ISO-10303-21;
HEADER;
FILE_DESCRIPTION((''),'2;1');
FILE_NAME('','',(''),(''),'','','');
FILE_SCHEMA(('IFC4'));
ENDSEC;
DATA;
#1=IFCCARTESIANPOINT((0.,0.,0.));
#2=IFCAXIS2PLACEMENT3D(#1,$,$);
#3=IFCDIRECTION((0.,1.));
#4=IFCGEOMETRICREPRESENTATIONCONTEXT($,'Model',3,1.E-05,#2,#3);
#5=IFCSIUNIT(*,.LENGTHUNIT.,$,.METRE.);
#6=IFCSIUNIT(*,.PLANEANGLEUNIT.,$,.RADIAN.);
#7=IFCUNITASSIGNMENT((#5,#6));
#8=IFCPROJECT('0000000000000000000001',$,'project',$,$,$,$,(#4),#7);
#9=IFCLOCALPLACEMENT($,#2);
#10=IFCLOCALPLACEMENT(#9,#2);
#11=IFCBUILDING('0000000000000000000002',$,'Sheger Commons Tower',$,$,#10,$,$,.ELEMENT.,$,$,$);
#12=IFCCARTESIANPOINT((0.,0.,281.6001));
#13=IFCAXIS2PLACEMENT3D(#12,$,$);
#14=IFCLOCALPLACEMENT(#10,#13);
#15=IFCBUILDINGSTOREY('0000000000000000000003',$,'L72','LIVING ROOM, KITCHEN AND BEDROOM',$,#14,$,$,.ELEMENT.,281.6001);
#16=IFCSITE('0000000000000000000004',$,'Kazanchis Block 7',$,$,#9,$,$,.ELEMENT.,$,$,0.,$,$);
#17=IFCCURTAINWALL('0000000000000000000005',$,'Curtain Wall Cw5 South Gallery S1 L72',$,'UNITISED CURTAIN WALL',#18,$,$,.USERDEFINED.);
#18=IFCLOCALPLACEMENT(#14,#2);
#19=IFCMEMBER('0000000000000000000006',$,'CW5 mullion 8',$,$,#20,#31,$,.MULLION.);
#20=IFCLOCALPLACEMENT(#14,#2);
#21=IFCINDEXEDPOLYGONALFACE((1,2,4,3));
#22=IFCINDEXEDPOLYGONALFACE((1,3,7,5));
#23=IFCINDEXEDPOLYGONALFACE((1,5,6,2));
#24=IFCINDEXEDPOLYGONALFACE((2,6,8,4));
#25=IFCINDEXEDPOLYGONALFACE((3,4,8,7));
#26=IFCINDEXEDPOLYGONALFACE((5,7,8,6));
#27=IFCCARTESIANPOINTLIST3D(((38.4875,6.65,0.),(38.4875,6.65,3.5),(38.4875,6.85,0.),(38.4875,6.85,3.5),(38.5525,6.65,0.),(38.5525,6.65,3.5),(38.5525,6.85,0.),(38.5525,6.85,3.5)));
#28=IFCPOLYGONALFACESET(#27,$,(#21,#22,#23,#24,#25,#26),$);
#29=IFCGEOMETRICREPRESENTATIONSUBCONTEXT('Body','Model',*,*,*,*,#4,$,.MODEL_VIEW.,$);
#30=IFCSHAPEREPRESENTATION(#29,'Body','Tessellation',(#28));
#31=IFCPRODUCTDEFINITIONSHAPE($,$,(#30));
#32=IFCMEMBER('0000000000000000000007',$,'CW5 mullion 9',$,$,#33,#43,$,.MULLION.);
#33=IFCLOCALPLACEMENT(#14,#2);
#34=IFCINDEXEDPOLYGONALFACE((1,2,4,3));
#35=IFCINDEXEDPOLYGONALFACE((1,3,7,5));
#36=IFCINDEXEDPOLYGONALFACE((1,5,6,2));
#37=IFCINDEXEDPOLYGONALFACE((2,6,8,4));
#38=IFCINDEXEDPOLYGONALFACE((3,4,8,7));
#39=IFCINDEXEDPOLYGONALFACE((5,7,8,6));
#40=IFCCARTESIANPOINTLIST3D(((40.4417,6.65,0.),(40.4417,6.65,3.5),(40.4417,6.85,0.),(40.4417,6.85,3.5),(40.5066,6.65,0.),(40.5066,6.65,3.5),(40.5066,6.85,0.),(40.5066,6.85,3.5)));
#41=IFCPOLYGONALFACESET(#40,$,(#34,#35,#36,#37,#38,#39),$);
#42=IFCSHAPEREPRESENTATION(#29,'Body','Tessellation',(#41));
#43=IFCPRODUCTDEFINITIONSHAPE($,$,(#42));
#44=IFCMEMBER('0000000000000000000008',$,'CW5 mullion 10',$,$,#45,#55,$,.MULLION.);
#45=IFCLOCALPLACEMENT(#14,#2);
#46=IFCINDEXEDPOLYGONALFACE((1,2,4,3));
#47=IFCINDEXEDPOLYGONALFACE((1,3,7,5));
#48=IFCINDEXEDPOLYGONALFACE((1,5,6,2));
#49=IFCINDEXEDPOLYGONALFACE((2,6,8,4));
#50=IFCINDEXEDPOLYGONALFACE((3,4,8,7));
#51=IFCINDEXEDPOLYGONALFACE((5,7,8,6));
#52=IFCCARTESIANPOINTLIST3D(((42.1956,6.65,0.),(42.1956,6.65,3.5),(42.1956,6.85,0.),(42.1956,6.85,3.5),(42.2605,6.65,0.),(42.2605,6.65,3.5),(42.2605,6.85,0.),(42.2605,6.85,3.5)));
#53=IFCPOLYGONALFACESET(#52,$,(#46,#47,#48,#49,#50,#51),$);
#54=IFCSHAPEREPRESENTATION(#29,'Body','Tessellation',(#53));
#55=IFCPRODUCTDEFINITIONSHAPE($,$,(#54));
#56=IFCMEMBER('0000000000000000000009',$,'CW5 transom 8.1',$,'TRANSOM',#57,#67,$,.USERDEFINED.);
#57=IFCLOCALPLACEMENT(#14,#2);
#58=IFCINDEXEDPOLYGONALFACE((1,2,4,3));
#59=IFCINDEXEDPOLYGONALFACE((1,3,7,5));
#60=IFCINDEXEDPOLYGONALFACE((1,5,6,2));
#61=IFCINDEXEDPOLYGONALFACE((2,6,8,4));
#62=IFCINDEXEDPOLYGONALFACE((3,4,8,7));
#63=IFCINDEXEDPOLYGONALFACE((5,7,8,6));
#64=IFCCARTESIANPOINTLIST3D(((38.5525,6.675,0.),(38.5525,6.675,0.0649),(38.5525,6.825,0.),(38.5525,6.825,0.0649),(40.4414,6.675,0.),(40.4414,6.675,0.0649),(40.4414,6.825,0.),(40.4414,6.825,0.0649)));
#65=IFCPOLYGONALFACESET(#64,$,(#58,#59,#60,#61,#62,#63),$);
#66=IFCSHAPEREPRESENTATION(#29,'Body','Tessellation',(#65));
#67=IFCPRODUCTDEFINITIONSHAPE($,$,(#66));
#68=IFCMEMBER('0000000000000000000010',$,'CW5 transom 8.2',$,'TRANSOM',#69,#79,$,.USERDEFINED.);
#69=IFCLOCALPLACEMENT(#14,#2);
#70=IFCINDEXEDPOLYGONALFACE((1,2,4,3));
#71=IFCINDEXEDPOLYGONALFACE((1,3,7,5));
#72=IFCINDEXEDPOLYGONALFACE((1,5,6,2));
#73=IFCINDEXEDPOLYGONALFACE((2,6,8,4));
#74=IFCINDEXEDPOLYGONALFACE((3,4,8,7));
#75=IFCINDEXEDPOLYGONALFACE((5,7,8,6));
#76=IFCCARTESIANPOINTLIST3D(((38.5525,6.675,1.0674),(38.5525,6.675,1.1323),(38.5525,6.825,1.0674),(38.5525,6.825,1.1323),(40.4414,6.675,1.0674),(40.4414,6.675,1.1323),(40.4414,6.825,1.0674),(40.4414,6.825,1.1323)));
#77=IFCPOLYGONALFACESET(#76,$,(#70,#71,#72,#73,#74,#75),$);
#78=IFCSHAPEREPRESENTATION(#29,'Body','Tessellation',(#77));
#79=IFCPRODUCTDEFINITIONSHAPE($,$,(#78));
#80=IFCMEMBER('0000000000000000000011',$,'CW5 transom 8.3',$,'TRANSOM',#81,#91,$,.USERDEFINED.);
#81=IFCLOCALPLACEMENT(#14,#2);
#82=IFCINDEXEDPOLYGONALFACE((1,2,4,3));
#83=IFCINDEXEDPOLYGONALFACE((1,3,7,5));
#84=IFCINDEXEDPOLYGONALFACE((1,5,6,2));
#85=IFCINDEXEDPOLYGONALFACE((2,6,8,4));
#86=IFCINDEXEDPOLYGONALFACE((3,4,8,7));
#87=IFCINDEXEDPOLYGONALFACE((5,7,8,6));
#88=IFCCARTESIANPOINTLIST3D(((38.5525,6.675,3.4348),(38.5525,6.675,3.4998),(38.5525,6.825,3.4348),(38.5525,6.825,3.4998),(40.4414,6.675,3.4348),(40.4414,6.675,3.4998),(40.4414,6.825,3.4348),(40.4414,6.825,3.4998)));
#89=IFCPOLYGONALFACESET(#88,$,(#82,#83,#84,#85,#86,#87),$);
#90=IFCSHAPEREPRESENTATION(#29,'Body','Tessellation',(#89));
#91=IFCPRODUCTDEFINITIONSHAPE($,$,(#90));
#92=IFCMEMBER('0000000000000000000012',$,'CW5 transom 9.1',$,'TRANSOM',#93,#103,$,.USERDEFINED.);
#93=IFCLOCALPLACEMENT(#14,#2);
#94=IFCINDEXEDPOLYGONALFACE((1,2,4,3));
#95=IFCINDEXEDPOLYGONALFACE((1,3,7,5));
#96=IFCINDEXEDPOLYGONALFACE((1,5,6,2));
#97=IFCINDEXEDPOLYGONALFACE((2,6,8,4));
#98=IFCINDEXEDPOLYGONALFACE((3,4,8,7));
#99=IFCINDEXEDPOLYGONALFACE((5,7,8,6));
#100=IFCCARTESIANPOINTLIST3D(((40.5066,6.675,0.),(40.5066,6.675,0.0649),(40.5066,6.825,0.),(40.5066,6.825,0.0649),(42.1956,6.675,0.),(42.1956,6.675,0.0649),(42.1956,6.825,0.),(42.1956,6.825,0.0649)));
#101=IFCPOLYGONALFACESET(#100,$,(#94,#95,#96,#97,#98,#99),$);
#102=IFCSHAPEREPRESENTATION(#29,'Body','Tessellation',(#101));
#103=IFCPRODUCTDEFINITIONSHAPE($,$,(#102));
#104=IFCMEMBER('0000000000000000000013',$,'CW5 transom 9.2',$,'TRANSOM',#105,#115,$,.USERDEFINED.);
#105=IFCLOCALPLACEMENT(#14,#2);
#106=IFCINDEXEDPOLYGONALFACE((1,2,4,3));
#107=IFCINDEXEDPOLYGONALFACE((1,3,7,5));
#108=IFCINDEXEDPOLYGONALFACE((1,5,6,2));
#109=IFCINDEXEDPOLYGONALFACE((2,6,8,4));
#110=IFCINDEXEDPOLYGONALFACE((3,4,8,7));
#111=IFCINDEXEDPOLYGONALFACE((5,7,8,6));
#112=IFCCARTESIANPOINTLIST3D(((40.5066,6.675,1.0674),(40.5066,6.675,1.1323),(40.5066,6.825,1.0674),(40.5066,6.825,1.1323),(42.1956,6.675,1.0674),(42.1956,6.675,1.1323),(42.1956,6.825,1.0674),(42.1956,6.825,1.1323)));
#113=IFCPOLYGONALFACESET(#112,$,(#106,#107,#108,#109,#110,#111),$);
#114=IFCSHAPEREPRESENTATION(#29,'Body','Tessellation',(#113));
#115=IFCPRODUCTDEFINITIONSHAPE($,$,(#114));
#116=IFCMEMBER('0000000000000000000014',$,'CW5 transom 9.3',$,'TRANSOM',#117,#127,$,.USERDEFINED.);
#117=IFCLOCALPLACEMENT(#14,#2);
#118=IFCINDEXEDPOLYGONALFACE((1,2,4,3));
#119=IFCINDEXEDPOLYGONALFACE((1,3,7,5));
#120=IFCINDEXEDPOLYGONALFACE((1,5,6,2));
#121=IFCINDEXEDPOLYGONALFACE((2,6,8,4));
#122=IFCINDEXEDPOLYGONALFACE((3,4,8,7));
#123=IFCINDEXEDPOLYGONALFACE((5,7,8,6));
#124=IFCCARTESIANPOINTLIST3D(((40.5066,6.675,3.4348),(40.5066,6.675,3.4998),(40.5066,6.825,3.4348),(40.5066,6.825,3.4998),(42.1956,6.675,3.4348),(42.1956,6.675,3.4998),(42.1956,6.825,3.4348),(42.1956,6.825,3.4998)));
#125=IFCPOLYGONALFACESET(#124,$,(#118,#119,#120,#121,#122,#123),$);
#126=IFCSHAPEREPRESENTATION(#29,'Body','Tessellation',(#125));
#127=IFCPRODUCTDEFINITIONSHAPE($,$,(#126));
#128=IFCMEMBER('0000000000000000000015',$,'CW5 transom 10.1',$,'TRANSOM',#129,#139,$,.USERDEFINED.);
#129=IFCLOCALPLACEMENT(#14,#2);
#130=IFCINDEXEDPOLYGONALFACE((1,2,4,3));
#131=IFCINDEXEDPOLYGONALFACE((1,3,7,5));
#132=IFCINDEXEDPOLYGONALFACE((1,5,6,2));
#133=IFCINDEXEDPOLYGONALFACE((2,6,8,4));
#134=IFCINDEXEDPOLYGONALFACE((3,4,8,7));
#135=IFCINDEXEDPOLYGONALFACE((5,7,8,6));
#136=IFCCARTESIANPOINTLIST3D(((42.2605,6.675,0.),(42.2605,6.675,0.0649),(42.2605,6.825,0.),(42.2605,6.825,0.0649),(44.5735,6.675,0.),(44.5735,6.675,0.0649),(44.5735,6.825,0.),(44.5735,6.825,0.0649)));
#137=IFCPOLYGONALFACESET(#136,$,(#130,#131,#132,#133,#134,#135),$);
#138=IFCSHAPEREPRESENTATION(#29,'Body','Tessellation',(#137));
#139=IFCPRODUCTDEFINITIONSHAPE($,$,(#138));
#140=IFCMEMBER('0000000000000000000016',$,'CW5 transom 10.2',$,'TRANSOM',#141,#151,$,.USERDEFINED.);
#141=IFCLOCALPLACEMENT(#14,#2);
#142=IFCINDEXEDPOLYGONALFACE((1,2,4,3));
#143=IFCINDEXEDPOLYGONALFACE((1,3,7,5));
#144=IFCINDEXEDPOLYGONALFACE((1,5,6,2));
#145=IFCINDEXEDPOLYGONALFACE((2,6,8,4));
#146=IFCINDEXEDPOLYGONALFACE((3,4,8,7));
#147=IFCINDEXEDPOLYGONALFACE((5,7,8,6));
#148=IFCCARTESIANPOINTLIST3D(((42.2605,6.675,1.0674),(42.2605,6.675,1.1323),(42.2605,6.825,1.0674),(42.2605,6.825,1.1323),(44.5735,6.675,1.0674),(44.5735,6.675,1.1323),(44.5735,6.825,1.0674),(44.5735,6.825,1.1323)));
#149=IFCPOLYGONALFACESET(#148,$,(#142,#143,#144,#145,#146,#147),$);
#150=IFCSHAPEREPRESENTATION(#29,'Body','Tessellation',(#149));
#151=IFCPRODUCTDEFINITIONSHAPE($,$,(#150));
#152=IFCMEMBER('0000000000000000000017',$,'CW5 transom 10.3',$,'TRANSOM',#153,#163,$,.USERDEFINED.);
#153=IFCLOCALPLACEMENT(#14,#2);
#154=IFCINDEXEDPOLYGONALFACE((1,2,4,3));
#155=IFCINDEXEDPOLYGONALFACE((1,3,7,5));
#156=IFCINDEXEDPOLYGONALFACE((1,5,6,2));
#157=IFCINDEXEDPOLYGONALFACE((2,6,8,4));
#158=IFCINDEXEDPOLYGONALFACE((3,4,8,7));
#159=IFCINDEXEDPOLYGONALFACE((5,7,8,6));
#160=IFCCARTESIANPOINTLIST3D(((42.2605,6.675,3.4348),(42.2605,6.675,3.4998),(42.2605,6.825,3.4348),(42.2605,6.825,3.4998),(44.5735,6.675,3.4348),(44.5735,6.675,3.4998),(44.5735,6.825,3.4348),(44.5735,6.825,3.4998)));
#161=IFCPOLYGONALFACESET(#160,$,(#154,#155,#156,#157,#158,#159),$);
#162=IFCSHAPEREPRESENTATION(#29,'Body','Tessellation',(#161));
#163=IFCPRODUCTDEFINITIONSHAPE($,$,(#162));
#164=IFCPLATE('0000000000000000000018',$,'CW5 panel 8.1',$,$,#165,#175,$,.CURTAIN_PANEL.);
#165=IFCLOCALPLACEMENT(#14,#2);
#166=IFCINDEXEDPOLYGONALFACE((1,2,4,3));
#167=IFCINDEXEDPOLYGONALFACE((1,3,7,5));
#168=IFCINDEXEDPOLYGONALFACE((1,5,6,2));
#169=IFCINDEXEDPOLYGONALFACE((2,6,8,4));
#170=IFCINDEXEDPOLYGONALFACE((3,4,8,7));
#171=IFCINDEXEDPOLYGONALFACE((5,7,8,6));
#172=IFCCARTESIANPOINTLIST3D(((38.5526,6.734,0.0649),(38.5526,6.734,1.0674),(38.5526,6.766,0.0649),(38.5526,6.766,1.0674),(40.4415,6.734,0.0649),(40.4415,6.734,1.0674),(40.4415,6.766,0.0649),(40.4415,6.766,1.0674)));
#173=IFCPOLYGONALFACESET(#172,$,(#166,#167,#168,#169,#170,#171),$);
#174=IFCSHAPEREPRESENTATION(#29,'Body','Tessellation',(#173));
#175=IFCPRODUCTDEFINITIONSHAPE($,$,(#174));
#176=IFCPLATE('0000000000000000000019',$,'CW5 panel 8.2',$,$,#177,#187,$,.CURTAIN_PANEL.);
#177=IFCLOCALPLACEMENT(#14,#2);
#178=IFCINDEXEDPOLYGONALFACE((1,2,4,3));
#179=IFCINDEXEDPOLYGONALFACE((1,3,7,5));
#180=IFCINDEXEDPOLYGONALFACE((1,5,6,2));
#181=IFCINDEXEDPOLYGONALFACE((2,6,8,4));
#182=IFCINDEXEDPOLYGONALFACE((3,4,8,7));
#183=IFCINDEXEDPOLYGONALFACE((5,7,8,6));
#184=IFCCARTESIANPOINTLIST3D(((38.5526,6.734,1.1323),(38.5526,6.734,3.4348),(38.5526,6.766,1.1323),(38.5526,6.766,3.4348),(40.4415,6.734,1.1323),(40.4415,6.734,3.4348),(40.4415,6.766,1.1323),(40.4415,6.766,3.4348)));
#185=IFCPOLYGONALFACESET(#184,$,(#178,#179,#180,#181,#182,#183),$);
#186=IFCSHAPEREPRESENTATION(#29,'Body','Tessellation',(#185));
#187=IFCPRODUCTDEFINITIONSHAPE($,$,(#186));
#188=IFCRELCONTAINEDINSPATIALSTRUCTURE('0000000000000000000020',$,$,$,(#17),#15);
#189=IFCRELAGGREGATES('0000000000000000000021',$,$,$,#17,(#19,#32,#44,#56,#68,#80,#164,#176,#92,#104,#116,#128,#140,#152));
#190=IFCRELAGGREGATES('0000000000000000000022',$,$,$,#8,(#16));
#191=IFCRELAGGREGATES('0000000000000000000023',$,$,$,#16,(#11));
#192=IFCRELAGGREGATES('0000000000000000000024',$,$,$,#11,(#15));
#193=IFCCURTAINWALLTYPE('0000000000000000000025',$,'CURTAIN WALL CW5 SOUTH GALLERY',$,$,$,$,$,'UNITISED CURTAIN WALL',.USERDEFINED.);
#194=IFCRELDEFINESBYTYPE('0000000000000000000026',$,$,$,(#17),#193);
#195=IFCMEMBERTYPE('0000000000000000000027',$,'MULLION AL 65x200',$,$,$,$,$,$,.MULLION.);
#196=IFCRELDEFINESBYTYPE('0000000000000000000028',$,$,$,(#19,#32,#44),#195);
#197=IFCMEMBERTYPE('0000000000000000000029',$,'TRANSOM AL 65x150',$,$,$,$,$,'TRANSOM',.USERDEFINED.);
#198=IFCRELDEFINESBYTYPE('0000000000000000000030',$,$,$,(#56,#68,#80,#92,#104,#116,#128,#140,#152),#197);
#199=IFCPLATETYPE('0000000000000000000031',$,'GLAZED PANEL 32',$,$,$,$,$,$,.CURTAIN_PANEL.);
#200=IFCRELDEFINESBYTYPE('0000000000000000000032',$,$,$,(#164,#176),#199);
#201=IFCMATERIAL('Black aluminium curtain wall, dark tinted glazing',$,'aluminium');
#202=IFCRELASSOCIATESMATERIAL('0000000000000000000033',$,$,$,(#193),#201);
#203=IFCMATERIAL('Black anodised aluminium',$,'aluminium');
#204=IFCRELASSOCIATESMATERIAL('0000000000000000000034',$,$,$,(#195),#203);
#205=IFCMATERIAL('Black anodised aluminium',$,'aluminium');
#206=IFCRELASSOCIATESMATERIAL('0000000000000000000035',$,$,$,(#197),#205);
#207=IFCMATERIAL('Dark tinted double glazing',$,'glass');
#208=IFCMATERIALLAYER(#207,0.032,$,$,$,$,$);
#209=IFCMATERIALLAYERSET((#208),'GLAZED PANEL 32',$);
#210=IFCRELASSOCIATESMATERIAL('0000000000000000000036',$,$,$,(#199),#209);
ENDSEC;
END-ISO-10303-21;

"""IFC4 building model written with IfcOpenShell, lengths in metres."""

from ifc_helpers import new_model, si_unit, direction, frame, origin, origin_2d, place, context, subcontext, project, spatial, rectangle, extrude, material, layer, layer_set, material_profile, profile_set, type_object, element, aggregate, save


model = new_model("IFC4")

# Units and contexts
model_context = context("Model", 3, precision=1e-05, world=origin(), true_north=direction((0.0, 1.0)))
body_context = subcontext(model_context, "Body", "Model", "MODEL_VIEW")
ifc_project = project(units=[si_unit("LENGTHUNIT", "METRE"), si_unit("PLANEANGLEUNIT", "RADIAN")], contexts=[model_context])

# Site, building, storey
site_placement = place(None, origin())
site = spatial("IfcSite", under=ifc_project, at=site_placement, Name="Kazanchis Block 7", CompositionType="ELEMENT", RefElevation=0.0)
building_placement = place(site_placement, origin())
building = spatial("IfcBuilding", under=site, at=building_placement, Name="Sheger Commons Tower", CompositionType="ELEMENT")
storey_placement = place(building_placement, frame((0.0, 0.0, 281.6001)))
storey = spatial("IfcBuildingStorey", under=building, at=storey_placement, Name="L72", Description="LIVING ROOM, KITCHEN AND BEDROOM", CompositionType="ELEMENT", Elevation=281.6001)

# Curtain wall, members, plates
ifc_material_1 = material(Name="Black aluminium curtain wall, dark tinted glazing", Category="aluminium")
curtain_wall_type = type_object("IfcCurtainWallType", Name="CURTAIN WALL CW5 SOUTH GALLERY", ElementType="UNITISED CURTAIN WALL", PredefinedType="USERDEFINED", material=ifc_material_1)
curtain_wall_placement = place(storey_placement, origin())
curtain_wall = element("IfcCurtainWall", 1, at=curtain_wall_placement, inside=storey, type_object=curtain_wall_type, Name="Curtain Wall Cw5 South Gallery S1 L72", ObjectType="UNITISED CURTAIN WALL", PredefinedType="USERDEFINED")
ifc_material_2 = material(Name="Black anodised aluminium", Category="aluminium")
ifc_material_profile_1 = material_profile(ifc_material_2, rectangle(XDim=0.2, YDim=0.0649, at=origin_2d()), Name="AL 65x200")
ifc_profile_set_1 = profile_set([ifc_material_profile_1], Name="Black anodised aluminium")
member_type_1 = type_object("IfcMemberType", Name="MULLION AL 65x200", PredefinedType="MULLION", material=ifc_profile_set_1)
member_1_placement = place(storey_placement, frame((38.52, 6.75, 0.0), z_axis=(0.0, 0.0, 1.0), x_axis=(0.0, 1.0, 0.0)))
member_1 = element("IfcMember", 2, at=member_1_placement, type_object=member_type_1, Name="CW5 mullion 8", PredefinedType="MULLION", context=body_context, shape_type="SweptSolid", body=[
    extrude(rectangle(XDim=0.2, YDim=0.0649, at=origin_2d()), origin(), (0.0, 0.0, 1.0), 3.5),
])
member_2_placement = place(storey_placement, frame((40.4741, 6.75, 0.0), z_axis=(0.0, 0.0, 1.0), x_axis=(0.0, 1.0, 0.0)))
member_2 = element("IfcMember", 3, at=member_2_placement, type_object=member_type_1, Name="CW5 mullion 9", PredefinedType="MULLION", context=body_context, shape_type="SweptSolid", body=[
    extrude(rectangle(XDim=0.2, YDim=0.0649, at=origin_2d()), origin(), (0.0, 0.0, 1.0), 3.5),
])
member_3_placement = place(storey_placement, frame((42.228, 6.75, 0.0), z_axis=(0.0, 0.0, 1.0), x_axis=(0.0, 1.0, 0.0)))
member_3 = element("IfcMember", 4, at=member_3_placement, type_object=member_type_1, Name="CW5 mullion 10", PredefinedType="MULLION", context=body_context, shape_type="SweptSolid", body=[
    extrude(rectangle(XDim=0.2, YDim=0.0649, at=origin_2d()), origin(), (0.0, 0.0, 1.0), 3.5),
])
ifc_material_3 = material(Name="Black anodised aluminium", Category="aluminium")
ifc_material_profile_2 = material_profile(ifc_material_3, rectangle(XDim=0.1499, YDim=0.0649, at=origin_2d()), Name="AL 65x150")
ifc_profile_set_2 = profile_set([ifc_material_profile_2], Name="Black anodised aluminium")
member_type_2 = type_object("IfcMemberType", Name="TRANSOM AL 65x150", ElementType="TRANSOM", PredefinedType="USERDEFINED", material=ifc_profile_set_2)
member_4_placement = place(storey_placement, frame((38.5525, 6.75, 0.0325), z_axis=(1.0, 0.0, 0.0), x_axis=(0.0, 1.0, 0.0)))
member_4 = element("IfcMember", 5, at=member_4_placement, type_object=member_type_2, Name="CW5 transom 8.1", ObjectType="TRANSOM", PredefinedType="USERDEFINED", context=body_context, shape_type="SweptSolid", body=[
    extrude(rectangle(XDim=0.1499, YDim=0.0649, at=origin_2d()), origin(), (0.0, 0.0, 1.0), 1.8889),
])
member_5_placement = place(storey_placement, frame((38.5525, 6.75, 1.0999), z_axis=(1.0, 0.0, 0.0), x_axis=(0.0, 1.0, 0.0)))
member_5 = element("IfcMember", 6, at=member_5_placement, type_object=member_type_2, Name="CW5 transom 8.2", ObjectType="TRANSOM", PredefinedType="USERDEFINED", context=body_context, shape_type="SweptSolid", body=[
    extrude(rectangle(XDim=0.1499, YDim=0.0649, at=origin_2d()), origin(), (0.0, 0.0, 1.0), 1.8889),
])
member_6_placement = place(storey_placement, frame((38.5525, 6.75, 3.4673), z_axis=(1.0, 0.0, 0.0), x_axis=(0.0, 1.0, 0.0)))
member_6 = element("IfcMember", 7, at=member_6_placement, type_object=member_type_2, Name="CW5 transom 8.3", ObjectType="TRANSOM", PredefinedType="USERDEFINED", context=body_context, shape_type="SweptSolid", body=[
    extrude(rectangle(XDim=0.1499, YDim=0.0649, at=origin_2d()), origin(), (0.0, 0.0, 1.0), 1.8889),
])
member_7_placement = place(storey_placement, frame((40.5066, 6.75, 0.0325), z_axis=(1.0, 0.0, 0.0), x_axis=(0.0, 1.0, 0.0)))
member_7 = element("IfcMember", 8, at=member_7_placement, type_object=member_type_2, Name="CW5 transom 9.1", ObjectType="TRANSOM", PredefinedType="USERDEFINED", context=body_context, shape_type="SweptSolid", body=[
    extrude(rectangle(XDim=0.1499, YDim=0.0649, at=origin_2d()), origin(), (0.0, 0.0, 1.0), 1.689),
])
member_8_placement = place(storey_placement, frame((40.5066, 6.75, 1.0999), z_axis=(1.0, 0.0, 0.0), x_axis=(0.0, 1.0, 0.0)))
member_8 = element("IfcMember", 9, at=member_8_placement, type_object=member_type_2, Name="CW5 transom 9.2", ObjectType="TRANSOM", PredefinedType="USERDEFINED", context=body_context, shape_type="SweptSolid", body=[
    extrude(rectangle(XDim=0.1499, YDim=0.0649, at=origin_2d()), origin(), (0.0, 0.0, 1.0), 1.689),
])
member_9_placement = place(storey_placement, frame((40.5066, 6.75, 3.4673), z_axis=(1.0, 0.0, 0.0), x_axis=(0.0, 1.0, 0.0)))
member_9 = element("IfcMember", 10, at=member_9_placement, type_object=member_type_2, Name="CW5 transom 9.3", ObjectType="TRANSOM", PredefinedType="USERDEFINED", context=body_context, shape_type="SweptSolid", body=[
    extrude(rectangle(XDim=0.1499, YDim=0.0649, at=origin_2d()), origin(), (0.0, 0.0, 1.0), 1.689),
])
member_10_placement = place(storey_placement, frame((42.2605, 6.75, 0.0325), z_axis=(1.0, 0.0, 0.0), x_axis=(0.0, 1.0, 0.0)))
member_10 = element("IfcMember", 11, at=member_10_placement, type_object=member_type_2, Name="CW5 transom 10.1", ObjectType="TRANSOM", PredefinedType="USERDEFINED", context=body_context, shape_type="SweptSolid", body=[
    extrude(rectangle(XDim=0.1499, YDim=0.0649, at=origin_2d()), origin(), (0.0, 0.0, 1.0), 2.313),
])
member_11_placement = place(storey_placement, frame((42.2605, 6.75, 1.0999), z_axis=(1.0, 0.0, 0.0), x_axis=(0.0, 1.0, 0.0)))
member_11 = element("IfcMember", 12, at=member_11_placement, type_object=member_type_2, Name="CW5 transom 10.2", ObjectType="TRANSOM", PredefinedType="USERDEFINED", context=body_context, shape_type="SweptSolid", body=[
    extrude(rectangle(XDim=0.1499, YDim=0.0649, at=origin_2d()), origin(), (0.0, 0.0, 1.0), 2.313),
])
member_12_placement = place(storey_placement, frame((42.2605, 6.75, 3.4673), z_axis=(1.0, 0.0, 0.0), x_axis=(0.0, 1.0, 0.0)))
member_12 = element("IfcMember", 13, at=member_12_placement, type_object=member_type_2, Name="CW5 transom 10.3", ObjectType="TRANSOM", PredefinedType="USERDEFINED", context=body_context, shape_type="SweptSolid", body=[
    extrude(rectangle(XDim=0.1499, YDim=0.0649, at=origin_2d()), origin(), (0.0, 0.0, 1.0), 2.313),
])
ifc_material_4 = material(Name="Dark tinted double glazing", Category="glass")
ifc_layer_1 = layer(ifc_material_4, 0.032)
ifc_layer_set_1 = layer_set([ifc_layer_1], Name="GLAZED PANEL 32")
plate_type_1 = type_object("IfcPlateType", Name="GLAZED PANEL 32", PredefinedType="CURTAIN_PANEL", material=ifc_layer_set_1)
plate_1_placement = place(storey_placement, frame((39.4971, 6.75, 0.0649), z_axis=(0.0, 0.0, 1.0), x_axis=(1.0, 0.0, 0.0)))
plate_1 = element("IfcPlate", 14, at=plate_1_placement, type_object=plate_type_1, Name="CW5 panel 8.1", PredefinedType="CURTAIN_PANEL", context=body_context, shape_type="SweptSolid", body=[
    extrude(rectangle(XDim=1.8889, YDim=0.032, at=origin_2d()), origin(), (0.0, 0.0, 1.0), 1.0024),
])
plate_2_placement = place(storey_placement, frame((39.4971, 6.75, 1.1323), z_axis=(0.0, 0.0, 1.0), x_axis=(1.0, 0.0, 0.0)))
plate_2 = element("IfcPlate", 15, at=plate_2_placement, type_object=plate_type_1, Name="CW5 panel 8.2", PredefinedType="CURTAIN_PANEL", context=body_context, shape_type="SweptSolid", body=[
    extrude(rectangle(XDim=1.8889, YDim=0.032, at=origin_2d()), origin(), (0.0, 0.0, 1.0), 2.3025),
])
aggregate(curtain_wall, [member_1, member_2, member_3, member_4, member_5, member_6, plate_1, plate_2, member_7, member_8, member_9, member_10, member_11, member_12])

save(model, "model.ifc")
